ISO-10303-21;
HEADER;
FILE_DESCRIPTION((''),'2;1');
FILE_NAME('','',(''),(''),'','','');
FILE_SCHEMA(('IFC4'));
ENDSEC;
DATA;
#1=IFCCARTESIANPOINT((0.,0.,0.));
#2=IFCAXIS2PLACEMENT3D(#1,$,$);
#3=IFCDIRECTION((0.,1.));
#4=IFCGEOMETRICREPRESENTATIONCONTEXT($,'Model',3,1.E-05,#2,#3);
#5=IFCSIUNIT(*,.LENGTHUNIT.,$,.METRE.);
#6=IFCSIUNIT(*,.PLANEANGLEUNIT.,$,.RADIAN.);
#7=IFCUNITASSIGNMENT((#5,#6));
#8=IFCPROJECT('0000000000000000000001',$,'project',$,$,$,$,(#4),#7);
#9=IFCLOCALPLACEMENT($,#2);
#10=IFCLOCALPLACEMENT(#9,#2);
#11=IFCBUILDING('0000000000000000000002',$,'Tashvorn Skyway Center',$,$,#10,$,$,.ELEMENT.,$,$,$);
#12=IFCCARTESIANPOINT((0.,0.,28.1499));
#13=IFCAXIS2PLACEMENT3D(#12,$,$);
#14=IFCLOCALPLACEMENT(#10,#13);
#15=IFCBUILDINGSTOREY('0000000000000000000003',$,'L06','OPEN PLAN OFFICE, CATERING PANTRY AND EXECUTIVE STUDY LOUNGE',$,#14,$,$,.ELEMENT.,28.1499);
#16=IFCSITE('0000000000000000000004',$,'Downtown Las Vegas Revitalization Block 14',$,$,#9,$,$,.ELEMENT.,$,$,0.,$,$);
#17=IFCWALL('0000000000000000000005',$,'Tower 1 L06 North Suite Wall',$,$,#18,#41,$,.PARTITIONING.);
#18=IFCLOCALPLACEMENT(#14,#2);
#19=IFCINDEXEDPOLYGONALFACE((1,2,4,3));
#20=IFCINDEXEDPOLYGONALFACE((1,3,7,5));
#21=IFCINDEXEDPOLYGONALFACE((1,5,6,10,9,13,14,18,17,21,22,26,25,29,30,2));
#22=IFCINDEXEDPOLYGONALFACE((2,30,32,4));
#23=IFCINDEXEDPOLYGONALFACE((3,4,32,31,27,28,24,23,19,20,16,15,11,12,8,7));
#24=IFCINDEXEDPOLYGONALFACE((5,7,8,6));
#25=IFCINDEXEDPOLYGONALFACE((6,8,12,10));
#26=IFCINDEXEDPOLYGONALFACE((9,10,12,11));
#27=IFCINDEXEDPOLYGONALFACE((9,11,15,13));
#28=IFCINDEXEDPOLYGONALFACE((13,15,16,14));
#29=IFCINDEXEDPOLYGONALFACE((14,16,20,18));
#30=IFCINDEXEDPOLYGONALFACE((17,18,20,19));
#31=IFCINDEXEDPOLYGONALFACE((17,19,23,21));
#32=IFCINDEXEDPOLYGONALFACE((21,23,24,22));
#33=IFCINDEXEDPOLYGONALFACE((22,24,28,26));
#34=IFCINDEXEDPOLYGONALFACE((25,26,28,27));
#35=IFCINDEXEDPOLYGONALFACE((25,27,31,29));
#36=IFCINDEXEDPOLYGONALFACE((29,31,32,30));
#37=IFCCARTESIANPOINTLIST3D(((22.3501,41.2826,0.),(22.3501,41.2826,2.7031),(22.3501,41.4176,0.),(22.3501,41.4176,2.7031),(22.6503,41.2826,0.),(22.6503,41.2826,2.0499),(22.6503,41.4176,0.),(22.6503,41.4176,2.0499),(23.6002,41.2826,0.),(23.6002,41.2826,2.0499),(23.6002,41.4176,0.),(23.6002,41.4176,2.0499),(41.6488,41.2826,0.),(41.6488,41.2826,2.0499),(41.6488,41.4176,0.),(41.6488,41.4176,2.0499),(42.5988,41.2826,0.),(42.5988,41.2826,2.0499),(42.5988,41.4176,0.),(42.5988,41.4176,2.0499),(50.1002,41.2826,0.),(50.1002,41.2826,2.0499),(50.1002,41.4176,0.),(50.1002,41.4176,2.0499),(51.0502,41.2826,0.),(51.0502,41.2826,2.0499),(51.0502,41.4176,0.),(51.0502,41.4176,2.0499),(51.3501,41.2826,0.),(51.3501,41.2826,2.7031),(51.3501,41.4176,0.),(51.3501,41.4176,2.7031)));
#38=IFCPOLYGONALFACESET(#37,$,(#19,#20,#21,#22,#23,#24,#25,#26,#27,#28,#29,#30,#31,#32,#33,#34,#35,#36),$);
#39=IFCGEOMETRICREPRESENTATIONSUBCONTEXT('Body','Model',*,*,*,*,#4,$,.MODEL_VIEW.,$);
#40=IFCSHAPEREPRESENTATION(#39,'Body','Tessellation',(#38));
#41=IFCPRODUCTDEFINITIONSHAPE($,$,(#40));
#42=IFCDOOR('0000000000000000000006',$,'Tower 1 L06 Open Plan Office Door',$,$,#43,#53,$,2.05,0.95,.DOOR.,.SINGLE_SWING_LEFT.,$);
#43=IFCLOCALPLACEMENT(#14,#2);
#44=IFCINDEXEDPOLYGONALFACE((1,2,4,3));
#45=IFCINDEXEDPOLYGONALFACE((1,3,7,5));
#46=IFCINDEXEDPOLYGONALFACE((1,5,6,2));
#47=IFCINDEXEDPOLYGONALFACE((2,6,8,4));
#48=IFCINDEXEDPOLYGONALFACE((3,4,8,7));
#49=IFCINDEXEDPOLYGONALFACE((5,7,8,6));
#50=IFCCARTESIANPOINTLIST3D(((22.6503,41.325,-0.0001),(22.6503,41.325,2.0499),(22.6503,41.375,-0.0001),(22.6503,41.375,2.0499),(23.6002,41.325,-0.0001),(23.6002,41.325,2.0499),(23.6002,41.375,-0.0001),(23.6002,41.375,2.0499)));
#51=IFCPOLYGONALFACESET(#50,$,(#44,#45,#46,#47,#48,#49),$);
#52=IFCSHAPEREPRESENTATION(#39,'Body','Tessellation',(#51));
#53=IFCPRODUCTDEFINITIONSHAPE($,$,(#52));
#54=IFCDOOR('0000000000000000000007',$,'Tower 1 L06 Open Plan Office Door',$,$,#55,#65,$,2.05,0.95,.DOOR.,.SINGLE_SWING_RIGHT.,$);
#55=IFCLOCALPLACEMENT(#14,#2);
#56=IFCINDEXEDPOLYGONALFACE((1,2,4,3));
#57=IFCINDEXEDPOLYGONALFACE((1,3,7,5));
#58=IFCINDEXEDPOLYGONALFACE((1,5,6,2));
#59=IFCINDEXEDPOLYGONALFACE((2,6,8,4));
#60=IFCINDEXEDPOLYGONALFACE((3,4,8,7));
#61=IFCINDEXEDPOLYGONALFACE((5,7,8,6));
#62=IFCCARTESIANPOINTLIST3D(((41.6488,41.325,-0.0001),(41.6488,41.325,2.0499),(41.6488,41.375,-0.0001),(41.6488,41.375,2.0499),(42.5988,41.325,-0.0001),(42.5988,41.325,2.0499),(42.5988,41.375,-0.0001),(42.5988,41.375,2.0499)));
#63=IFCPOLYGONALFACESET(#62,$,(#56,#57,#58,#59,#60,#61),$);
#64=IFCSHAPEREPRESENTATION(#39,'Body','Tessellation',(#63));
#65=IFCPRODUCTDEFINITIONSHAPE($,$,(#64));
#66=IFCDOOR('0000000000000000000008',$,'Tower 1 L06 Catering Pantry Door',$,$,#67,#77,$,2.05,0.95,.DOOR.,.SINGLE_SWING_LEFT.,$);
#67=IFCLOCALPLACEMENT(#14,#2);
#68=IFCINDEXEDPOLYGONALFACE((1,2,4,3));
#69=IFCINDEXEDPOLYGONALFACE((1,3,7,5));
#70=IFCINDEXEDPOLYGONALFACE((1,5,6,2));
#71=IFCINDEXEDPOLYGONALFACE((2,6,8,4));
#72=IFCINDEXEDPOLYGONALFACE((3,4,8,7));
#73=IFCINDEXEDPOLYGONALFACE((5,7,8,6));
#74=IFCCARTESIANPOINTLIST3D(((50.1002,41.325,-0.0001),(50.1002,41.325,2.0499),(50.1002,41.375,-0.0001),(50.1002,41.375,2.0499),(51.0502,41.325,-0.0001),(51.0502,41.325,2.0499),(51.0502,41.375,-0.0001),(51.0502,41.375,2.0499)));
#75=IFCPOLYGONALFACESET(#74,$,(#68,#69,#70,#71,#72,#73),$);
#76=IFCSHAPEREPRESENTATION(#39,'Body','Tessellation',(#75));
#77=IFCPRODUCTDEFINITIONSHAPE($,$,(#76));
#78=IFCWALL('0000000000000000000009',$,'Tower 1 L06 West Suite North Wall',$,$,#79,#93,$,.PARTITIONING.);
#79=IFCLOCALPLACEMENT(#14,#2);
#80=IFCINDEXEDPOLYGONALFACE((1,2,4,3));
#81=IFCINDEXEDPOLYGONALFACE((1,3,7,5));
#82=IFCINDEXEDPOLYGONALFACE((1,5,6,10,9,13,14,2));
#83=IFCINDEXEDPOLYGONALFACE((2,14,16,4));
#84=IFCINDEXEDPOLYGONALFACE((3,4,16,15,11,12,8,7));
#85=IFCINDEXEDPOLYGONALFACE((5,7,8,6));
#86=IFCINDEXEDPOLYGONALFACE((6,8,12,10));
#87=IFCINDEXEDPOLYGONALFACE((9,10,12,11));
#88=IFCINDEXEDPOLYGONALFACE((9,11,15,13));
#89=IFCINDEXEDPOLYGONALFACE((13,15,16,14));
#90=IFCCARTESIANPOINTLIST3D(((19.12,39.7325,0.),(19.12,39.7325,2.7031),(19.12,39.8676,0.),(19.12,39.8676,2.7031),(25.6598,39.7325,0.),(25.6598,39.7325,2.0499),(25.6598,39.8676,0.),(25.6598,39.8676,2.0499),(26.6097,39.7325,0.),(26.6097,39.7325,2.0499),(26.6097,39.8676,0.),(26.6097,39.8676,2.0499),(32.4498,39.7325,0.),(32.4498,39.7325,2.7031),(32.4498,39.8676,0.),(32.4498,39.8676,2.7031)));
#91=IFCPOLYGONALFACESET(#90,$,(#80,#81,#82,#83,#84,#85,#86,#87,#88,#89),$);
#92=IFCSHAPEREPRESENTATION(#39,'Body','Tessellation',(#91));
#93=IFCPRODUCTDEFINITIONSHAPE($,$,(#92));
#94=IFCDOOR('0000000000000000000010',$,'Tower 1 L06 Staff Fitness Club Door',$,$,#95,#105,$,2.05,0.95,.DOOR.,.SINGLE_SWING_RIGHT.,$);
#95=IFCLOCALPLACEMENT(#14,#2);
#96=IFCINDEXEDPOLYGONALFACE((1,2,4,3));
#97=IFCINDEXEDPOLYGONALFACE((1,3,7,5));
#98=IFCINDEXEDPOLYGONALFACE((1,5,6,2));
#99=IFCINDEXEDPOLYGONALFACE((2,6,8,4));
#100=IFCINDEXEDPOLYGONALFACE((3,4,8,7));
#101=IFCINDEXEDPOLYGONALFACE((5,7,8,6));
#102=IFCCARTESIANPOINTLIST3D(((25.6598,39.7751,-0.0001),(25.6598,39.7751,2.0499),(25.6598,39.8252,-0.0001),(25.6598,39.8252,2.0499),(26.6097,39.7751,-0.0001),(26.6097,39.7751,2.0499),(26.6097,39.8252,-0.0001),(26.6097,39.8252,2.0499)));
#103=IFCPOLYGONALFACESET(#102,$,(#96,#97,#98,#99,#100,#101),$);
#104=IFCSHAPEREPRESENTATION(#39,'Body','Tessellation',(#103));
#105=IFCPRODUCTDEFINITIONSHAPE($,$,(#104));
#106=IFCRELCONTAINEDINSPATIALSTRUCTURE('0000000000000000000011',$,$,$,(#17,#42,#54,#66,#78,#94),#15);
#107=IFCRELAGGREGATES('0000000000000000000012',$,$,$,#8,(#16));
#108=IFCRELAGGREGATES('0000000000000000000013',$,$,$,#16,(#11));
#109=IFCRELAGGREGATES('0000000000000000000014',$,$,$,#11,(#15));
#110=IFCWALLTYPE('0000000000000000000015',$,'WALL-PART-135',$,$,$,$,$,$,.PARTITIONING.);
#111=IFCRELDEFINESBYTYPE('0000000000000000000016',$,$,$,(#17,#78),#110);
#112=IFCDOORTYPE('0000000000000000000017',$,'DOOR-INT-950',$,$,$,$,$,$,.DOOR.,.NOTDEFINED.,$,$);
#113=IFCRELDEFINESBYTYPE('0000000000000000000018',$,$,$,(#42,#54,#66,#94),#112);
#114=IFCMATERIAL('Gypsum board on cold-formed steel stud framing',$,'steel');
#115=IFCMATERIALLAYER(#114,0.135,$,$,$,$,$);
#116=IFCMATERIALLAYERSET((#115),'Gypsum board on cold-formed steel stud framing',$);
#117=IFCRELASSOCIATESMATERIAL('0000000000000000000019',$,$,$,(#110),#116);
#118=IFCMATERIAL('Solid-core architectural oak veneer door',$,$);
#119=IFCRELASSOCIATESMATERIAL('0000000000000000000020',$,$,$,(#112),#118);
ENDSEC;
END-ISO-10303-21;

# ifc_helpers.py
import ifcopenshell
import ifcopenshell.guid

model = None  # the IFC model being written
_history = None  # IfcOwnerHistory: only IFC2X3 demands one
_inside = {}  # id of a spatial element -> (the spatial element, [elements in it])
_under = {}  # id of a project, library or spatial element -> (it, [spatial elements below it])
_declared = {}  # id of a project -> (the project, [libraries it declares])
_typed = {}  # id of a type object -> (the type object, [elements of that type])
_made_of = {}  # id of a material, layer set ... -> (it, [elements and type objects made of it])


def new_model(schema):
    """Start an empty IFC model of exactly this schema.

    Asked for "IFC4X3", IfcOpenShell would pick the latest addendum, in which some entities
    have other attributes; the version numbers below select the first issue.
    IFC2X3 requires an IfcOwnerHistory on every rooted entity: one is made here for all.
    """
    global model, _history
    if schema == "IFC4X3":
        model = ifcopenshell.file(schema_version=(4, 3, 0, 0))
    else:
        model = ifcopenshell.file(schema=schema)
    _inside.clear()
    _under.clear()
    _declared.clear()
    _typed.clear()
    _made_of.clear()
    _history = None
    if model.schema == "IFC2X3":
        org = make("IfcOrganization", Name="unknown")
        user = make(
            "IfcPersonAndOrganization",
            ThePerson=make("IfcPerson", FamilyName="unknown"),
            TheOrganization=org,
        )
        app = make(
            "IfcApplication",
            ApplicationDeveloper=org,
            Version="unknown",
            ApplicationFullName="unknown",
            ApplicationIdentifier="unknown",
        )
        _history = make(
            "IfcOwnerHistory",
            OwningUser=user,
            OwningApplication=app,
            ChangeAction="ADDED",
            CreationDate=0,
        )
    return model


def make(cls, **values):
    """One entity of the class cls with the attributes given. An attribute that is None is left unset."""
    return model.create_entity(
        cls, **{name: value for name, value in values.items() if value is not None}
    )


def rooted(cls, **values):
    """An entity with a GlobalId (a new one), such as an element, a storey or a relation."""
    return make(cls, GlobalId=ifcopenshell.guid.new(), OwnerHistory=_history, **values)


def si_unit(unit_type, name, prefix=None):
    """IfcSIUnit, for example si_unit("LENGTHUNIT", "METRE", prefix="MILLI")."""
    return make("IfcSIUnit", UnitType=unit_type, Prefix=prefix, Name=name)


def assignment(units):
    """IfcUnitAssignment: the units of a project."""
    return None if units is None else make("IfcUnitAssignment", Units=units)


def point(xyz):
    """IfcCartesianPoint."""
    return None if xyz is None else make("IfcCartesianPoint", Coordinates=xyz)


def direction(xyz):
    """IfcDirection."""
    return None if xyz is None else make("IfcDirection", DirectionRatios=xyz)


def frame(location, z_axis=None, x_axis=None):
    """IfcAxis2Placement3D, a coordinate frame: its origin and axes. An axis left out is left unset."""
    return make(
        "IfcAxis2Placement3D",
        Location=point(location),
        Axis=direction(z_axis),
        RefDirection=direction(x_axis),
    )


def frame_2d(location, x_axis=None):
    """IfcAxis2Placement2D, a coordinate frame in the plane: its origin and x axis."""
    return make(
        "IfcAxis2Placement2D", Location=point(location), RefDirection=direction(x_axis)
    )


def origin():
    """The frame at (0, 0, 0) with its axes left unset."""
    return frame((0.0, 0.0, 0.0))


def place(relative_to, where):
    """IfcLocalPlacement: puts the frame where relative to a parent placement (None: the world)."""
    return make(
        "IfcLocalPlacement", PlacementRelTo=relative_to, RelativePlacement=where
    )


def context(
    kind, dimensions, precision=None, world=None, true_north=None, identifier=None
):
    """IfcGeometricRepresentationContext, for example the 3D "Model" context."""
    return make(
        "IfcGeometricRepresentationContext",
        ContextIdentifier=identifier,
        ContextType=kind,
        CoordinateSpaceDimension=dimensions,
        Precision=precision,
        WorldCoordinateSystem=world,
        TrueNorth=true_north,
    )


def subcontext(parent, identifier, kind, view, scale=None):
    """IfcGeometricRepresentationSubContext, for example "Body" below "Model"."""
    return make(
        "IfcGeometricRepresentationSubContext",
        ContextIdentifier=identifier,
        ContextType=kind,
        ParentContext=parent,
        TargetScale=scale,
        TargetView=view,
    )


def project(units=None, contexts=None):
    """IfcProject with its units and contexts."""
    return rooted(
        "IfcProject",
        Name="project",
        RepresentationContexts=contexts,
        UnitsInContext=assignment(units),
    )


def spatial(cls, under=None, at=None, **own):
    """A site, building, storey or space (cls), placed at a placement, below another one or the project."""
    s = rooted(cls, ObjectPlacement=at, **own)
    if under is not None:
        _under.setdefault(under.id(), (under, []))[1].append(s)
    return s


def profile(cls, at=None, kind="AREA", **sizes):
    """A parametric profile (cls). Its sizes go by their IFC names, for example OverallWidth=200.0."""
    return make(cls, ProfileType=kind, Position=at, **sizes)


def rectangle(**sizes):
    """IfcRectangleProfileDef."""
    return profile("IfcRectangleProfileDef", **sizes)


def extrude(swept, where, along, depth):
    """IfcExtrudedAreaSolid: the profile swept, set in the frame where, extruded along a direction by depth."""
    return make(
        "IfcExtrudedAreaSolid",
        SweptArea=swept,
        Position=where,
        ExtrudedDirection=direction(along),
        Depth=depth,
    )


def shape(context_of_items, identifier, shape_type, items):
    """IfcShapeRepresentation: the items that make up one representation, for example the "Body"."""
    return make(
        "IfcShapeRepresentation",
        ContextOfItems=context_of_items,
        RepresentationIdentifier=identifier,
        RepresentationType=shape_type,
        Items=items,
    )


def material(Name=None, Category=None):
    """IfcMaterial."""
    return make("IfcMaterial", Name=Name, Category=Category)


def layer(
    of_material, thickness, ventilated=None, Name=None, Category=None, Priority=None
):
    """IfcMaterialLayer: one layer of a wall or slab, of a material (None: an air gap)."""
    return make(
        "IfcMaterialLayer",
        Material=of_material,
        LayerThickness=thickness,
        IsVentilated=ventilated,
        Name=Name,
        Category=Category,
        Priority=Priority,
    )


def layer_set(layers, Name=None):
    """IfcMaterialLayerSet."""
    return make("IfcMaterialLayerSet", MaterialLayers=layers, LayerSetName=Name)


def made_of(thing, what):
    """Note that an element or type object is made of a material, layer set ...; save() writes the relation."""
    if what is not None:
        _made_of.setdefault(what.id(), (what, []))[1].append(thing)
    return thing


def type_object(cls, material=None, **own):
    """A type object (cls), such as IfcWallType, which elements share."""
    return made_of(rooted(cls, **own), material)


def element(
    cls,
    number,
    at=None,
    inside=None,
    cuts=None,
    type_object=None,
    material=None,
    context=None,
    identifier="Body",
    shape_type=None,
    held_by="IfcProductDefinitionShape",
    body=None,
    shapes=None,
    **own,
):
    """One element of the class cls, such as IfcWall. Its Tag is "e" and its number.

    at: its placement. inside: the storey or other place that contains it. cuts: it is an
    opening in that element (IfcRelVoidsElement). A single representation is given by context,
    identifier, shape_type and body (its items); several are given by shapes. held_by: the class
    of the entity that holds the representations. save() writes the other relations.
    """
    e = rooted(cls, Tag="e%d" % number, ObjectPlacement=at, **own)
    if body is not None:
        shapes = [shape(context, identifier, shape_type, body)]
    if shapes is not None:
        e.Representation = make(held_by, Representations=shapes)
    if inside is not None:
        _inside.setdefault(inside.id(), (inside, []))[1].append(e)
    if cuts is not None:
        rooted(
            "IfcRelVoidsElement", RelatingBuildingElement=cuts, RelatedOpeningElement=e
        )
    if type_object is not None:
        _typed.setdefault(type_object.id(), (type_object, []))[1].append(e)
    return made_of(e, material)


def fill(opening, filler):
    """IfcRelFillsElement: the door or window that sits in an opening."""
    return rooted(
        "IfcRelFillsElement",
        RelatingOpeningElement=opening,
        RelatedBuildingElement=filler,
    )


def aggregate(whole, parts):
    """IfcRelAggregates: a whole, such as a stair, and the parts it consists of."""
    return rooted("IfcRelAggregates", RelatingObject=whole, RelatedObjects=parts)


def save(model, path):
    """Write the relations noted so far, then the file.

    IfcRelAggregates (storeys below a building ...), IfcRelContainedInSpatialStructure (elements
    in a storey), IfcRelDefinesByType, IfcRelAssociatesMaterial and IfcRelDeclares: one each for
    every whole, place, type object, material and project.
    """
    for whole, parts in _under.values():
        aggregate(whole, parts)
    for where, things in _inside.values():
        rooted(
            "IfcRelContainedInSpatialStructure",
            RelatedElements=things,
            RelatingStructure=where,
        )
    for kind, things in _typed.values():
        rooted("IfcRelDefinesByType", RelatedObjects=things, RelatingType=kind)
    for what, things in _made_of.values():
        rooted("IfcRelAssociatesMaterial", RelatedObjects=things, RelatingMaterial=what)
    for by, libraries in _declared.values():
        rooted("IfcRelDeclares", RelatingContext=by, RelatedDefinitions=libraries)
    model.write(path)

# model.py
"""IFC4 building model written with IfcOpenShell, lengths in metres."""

from ifc_helpers import new_model, si_unit, direction, frame, frame_2d, origin, place, context, subcontext, project, spatial, rectangle, extrude, material, layer, layer_set, type_object, element, fill, save


model = new_model("IFC4")

# Units and contexts
model_context = context("Model", 3, precision=1e-05, world=origin(), true_north=direction((0.0, 1.0)))
body_context = subcontext(model_context, "Body", "Model", "MODEL_VIEW")
ifc_project = project(units=[si_unit("LENGTHUNIT", "METRE"), si_unit("PLANEANGLEUNIT", "RADIAN")], contexts=[model_context])

# Site, building, storey
site_placement = place(None, origin())
site = spatial("IfcSite", under=ifc_project, at=site_placement, Name="Downtown Las Vegas Revitalization Block 14", CompositionType="ELEMENT", RefElevation=0.0)
building_placement = place(site_placement, origin())
building = spatial("IfcBuilding", under=site, at=building_placement, Name="Tashvorn Skyway Center", CompositionType="ELEMENT")
storey_placement = place(building_placement, frame((0.0, 0.0, 28.1499)))
storey = spatial("IfcBuildingStorey", under=building, at=storey_placement, Name="L06", Description="OPEN PLAN OFFICE, CATERING PANTRY AND EXECUTIVE STUDY LOUNGE", CompositionType="ELEMENT", Elevation=28.1499)

# Shared definitions
ifc_material_1 = material(Name="Gypsum board on cold-formed steel stud framing", Category="steel")

# Wall, openings, doors
ifc_layer_1 = layer(ifc_material_1, 0.135)
ifc_layer_set_1 = layer_set([ifc_layer_1], Name="Gypsum board on cold-formed steel stud framing")
wall_type_1 = type_object("IfcWallType", Name="WALL-PART-135", PredefinedType="PARTITIONING", material=ifc_layer_set_1)
wall_1_placement = place(storey_placement, frame((22.3501, 41.3501, 0.0), z_axis=(0.0, 0.0, 1.0), x_axis=(1.0, 0.0, 0.0)))
wall_1 = element("IfcWall", 1, at=wall_1_placement, inside=storey, type_object=wall_type_1, Name="Tower 1 L06 North Suite Wall", PredefinedType="PARTITIONING", context=body_context, shape_type="SweptSolid", body=[
    extrude(rectangle(XDim=29.0, YDim=0.135, at=frame_2d((14.5, 0.0))), origin(), (0.0, 0.0, 1.0), 2.7031),
])
opening_1_placement = place(wall_1_placement, frame((0.3, 0.0, 0.0)))
opening_1 = element("IfcOpeningElement", 2, at=opening_1_placement, cuts=wall_1, PredefinedType="OPENING", context=body_context, shape_type="SweptSolid", body=[
    extrude(rectangle(XDim=0.95, YDim=2.05, at=frame_2d((0.4751, 1.0249))), frame((0.0, 0.0774, 0.0), z_axis=(0.0, -1.0, 0.0), x_axis=(1.0, 0.0, 0.0)), (0.0, 0.0, 1.0), 0.155),
])
opening_2_placement = place(wall_1_placement, frame((19.2986, 0.0, 0.0)))
opening_2 = element("IfcOpeningElement", 3, at=opening_2_placement, cuts=wall_1, PredefinedType="OPENING", context=body_context, shape_type="SweptSolid", body=[
    extrude(rectangle(XDim=0.95, YDim=2.05, at=frame_2d((0.4751, 1.0249))), frame((0.0, 0.0774, 0.0), z_axis=(0.0, -1.0, 0.0), x_axis=(1.0, 0.0, 0.0)), (0.0, 0.0, 1.0), 0.155),
])
opening_3_placement = place(wall_1_placement, frame((27.75, 0.0, 0.0)))
opening_3 = element("IfcOpeningElement", 4, at=opening_3_placement, cuts=wall_1, PredefinedType="OPENING", context=body_context, shape_type="SweptSolid", body=[
    extrude(rectangle(XDim=0.95, YDim=2.05, at=frame_2d((0.4751, 1.0249))), frame((0.0, 0.0774, 0.0), z_axis=(0.0, -1.0, 0.0), x_axis=(1.0, 0.0, 0.0)), (0.0, 0.0, 1.0), 0.155),
])
ifc_material_2 = material(Name="Solid-core architectural oak veneer door")
door_type_1 = type_object("IfcDoorType", Name="DOOR-INT-950", OperationType="NOTDEFINED", PredefinedType="DOOR", material=ifc_material_2)
door_1_placement = place(opening_1_placement, origin())
door_1 = element("IfcDoor", 5, at=door_1_placement, inside=storey, type_object=door_type_1, Name="Tower 1 L06 Open Plan Office Door", OperationType="SINGLE_SWING_LEFT", OverallHeight=2.05, OverallWidth=0.95, PredefinedType="DOOR", context=body_context, shape_type="SweptSolid", body=[
    extrude(rectangle(XDim=0.95, YDim=2.05, at=frame_2d((0.4751, 1.0249))), frame((0.0, 0.0249, 0.0), z_axis=(0.0, -1.0, 0.0), x_axis=(1.0, 0.0, 0.0)), (0.0, 0.0, 1.0), 0.05),
])
fill(opening_1, door_1)
door_2_placement = place(opening_2_placement, origin())
door_2 = element("IfcDoor", 6, at=door_2_placement, inside=storey, type_object=door_type_1, Name="Tower 1 L06 Open Plan Office Door", OperationType="SINGLE_SWING_RIGHT", OverallHeight=2.05, OverallWidth=0.95, PredefinedType="DOOR", context=body_context, shape_type="SweptSolid", body=[
    extrude(rectangle(XDim=0.95, YDim=2.05, at=frame_2d((0.4751, 1.0249))), frame((0.0, 0.0249, 0.0), z_axis=(0.0, -1.0, 0.0), x_axis=(1.0, 0.0, 0.0)), (0.0, 0.0, 1.0), 0.05),
])
fill(opening_2, door_2)
door_3_placement = place(opening_3_placement, origin())
door_3 = element("IfcDoor", 7, at=door_3_placement, inside=storey, type_object=door_type_1, Name="Tower 1 L06 Catering Pantry Door", OperationType="SINGLE_SWING_LEFT", OverallHeight=2.05, OverallWidth=0.95, PredefinedType="DOOR", context=body_context, shape_type="SweptSolid", body=[
    extrude(rectangle(XDim=0.95, YDim=2.05, at=frame_2d((0.4751, 1.0249))), frame((0.0, 0.0249, 0.0), z_axis=(0.0, -1.0, 0.0), x_axis=(1.0, 0.0, 0.0)), (0.0, 0.0, 1.0), 0.05),
])
fill(opening_3, door_3)

# Wall, opening, door
wall_2_placement = place(storey_placement, frame((32.45, 39.8, 0.0), z_axis=(0.0, 0.0, 1.0), x_axis=(-1.0, 0.0, 0.0)))
wall_2 = element("IfcWall", 8, at=wall_2_placement, inside=storey, type_object=wall_type_1, Name="Tower 1 L06 West Suite North Wall", PredefinedType="PARTITIONING", context=body_context, shape_type="SweptSolid", body=[
    extrude(rectangle(XDim=13.3298, YDim=0.135, at=frame_2d((6.665, 0.0))), origin(), (0.0, 0.0, 1.0), 2.7031),
])
opening_4_placement = place(wall_2_placement, frame((5.8401, 0.0, 0.0)))
opening_4 = element("IfcOpeningElement", 9, at=opening_4_placement, cuts=wall_2, PredefinedType="OPENING", context=body_context, shape_type="SweptSolid", body=[
    extrude(rectangle(XDim=0.95, YDim=2.05, at=frame_2d((0.4751, 1.0249))), frame((0.0, 0.0774, 0.0), z_axis=(0.0, -1.0, 0.0), x_axis=(1.0, 0.0, 0.0)), (0.0, 0.0, 1.0), 0.155),
])
door_4_placement = place(opening_4_placement, origin())
door_4 = element("IfcDoor", 10, at=door_4_placement, inside=storey, type_object=door_type_1, Name="Tower 1 L06 Staff Fitness Club Door", OperationType="SINGLE_SWING_RIGHT", OverallHeight=2.05, OverallWidth=0.95, PredefinedType="DOOR", context=body_context, shape_type="SweptSolid", body=[
    extrude(rectangle(XDim=0.95, YDim=2.05, at=frame_2d((0.4751, 1.0249))), frame((0.0, 0.0249, 0.0), z_axis=(0.0, -1.0, 0.0), x_axis=(1.0, 0.0, 0.0)), (0.0, 0.0, 1.0), 0.05),
])
fill(opening_4, door_4)

save(model, "model.ifc")
